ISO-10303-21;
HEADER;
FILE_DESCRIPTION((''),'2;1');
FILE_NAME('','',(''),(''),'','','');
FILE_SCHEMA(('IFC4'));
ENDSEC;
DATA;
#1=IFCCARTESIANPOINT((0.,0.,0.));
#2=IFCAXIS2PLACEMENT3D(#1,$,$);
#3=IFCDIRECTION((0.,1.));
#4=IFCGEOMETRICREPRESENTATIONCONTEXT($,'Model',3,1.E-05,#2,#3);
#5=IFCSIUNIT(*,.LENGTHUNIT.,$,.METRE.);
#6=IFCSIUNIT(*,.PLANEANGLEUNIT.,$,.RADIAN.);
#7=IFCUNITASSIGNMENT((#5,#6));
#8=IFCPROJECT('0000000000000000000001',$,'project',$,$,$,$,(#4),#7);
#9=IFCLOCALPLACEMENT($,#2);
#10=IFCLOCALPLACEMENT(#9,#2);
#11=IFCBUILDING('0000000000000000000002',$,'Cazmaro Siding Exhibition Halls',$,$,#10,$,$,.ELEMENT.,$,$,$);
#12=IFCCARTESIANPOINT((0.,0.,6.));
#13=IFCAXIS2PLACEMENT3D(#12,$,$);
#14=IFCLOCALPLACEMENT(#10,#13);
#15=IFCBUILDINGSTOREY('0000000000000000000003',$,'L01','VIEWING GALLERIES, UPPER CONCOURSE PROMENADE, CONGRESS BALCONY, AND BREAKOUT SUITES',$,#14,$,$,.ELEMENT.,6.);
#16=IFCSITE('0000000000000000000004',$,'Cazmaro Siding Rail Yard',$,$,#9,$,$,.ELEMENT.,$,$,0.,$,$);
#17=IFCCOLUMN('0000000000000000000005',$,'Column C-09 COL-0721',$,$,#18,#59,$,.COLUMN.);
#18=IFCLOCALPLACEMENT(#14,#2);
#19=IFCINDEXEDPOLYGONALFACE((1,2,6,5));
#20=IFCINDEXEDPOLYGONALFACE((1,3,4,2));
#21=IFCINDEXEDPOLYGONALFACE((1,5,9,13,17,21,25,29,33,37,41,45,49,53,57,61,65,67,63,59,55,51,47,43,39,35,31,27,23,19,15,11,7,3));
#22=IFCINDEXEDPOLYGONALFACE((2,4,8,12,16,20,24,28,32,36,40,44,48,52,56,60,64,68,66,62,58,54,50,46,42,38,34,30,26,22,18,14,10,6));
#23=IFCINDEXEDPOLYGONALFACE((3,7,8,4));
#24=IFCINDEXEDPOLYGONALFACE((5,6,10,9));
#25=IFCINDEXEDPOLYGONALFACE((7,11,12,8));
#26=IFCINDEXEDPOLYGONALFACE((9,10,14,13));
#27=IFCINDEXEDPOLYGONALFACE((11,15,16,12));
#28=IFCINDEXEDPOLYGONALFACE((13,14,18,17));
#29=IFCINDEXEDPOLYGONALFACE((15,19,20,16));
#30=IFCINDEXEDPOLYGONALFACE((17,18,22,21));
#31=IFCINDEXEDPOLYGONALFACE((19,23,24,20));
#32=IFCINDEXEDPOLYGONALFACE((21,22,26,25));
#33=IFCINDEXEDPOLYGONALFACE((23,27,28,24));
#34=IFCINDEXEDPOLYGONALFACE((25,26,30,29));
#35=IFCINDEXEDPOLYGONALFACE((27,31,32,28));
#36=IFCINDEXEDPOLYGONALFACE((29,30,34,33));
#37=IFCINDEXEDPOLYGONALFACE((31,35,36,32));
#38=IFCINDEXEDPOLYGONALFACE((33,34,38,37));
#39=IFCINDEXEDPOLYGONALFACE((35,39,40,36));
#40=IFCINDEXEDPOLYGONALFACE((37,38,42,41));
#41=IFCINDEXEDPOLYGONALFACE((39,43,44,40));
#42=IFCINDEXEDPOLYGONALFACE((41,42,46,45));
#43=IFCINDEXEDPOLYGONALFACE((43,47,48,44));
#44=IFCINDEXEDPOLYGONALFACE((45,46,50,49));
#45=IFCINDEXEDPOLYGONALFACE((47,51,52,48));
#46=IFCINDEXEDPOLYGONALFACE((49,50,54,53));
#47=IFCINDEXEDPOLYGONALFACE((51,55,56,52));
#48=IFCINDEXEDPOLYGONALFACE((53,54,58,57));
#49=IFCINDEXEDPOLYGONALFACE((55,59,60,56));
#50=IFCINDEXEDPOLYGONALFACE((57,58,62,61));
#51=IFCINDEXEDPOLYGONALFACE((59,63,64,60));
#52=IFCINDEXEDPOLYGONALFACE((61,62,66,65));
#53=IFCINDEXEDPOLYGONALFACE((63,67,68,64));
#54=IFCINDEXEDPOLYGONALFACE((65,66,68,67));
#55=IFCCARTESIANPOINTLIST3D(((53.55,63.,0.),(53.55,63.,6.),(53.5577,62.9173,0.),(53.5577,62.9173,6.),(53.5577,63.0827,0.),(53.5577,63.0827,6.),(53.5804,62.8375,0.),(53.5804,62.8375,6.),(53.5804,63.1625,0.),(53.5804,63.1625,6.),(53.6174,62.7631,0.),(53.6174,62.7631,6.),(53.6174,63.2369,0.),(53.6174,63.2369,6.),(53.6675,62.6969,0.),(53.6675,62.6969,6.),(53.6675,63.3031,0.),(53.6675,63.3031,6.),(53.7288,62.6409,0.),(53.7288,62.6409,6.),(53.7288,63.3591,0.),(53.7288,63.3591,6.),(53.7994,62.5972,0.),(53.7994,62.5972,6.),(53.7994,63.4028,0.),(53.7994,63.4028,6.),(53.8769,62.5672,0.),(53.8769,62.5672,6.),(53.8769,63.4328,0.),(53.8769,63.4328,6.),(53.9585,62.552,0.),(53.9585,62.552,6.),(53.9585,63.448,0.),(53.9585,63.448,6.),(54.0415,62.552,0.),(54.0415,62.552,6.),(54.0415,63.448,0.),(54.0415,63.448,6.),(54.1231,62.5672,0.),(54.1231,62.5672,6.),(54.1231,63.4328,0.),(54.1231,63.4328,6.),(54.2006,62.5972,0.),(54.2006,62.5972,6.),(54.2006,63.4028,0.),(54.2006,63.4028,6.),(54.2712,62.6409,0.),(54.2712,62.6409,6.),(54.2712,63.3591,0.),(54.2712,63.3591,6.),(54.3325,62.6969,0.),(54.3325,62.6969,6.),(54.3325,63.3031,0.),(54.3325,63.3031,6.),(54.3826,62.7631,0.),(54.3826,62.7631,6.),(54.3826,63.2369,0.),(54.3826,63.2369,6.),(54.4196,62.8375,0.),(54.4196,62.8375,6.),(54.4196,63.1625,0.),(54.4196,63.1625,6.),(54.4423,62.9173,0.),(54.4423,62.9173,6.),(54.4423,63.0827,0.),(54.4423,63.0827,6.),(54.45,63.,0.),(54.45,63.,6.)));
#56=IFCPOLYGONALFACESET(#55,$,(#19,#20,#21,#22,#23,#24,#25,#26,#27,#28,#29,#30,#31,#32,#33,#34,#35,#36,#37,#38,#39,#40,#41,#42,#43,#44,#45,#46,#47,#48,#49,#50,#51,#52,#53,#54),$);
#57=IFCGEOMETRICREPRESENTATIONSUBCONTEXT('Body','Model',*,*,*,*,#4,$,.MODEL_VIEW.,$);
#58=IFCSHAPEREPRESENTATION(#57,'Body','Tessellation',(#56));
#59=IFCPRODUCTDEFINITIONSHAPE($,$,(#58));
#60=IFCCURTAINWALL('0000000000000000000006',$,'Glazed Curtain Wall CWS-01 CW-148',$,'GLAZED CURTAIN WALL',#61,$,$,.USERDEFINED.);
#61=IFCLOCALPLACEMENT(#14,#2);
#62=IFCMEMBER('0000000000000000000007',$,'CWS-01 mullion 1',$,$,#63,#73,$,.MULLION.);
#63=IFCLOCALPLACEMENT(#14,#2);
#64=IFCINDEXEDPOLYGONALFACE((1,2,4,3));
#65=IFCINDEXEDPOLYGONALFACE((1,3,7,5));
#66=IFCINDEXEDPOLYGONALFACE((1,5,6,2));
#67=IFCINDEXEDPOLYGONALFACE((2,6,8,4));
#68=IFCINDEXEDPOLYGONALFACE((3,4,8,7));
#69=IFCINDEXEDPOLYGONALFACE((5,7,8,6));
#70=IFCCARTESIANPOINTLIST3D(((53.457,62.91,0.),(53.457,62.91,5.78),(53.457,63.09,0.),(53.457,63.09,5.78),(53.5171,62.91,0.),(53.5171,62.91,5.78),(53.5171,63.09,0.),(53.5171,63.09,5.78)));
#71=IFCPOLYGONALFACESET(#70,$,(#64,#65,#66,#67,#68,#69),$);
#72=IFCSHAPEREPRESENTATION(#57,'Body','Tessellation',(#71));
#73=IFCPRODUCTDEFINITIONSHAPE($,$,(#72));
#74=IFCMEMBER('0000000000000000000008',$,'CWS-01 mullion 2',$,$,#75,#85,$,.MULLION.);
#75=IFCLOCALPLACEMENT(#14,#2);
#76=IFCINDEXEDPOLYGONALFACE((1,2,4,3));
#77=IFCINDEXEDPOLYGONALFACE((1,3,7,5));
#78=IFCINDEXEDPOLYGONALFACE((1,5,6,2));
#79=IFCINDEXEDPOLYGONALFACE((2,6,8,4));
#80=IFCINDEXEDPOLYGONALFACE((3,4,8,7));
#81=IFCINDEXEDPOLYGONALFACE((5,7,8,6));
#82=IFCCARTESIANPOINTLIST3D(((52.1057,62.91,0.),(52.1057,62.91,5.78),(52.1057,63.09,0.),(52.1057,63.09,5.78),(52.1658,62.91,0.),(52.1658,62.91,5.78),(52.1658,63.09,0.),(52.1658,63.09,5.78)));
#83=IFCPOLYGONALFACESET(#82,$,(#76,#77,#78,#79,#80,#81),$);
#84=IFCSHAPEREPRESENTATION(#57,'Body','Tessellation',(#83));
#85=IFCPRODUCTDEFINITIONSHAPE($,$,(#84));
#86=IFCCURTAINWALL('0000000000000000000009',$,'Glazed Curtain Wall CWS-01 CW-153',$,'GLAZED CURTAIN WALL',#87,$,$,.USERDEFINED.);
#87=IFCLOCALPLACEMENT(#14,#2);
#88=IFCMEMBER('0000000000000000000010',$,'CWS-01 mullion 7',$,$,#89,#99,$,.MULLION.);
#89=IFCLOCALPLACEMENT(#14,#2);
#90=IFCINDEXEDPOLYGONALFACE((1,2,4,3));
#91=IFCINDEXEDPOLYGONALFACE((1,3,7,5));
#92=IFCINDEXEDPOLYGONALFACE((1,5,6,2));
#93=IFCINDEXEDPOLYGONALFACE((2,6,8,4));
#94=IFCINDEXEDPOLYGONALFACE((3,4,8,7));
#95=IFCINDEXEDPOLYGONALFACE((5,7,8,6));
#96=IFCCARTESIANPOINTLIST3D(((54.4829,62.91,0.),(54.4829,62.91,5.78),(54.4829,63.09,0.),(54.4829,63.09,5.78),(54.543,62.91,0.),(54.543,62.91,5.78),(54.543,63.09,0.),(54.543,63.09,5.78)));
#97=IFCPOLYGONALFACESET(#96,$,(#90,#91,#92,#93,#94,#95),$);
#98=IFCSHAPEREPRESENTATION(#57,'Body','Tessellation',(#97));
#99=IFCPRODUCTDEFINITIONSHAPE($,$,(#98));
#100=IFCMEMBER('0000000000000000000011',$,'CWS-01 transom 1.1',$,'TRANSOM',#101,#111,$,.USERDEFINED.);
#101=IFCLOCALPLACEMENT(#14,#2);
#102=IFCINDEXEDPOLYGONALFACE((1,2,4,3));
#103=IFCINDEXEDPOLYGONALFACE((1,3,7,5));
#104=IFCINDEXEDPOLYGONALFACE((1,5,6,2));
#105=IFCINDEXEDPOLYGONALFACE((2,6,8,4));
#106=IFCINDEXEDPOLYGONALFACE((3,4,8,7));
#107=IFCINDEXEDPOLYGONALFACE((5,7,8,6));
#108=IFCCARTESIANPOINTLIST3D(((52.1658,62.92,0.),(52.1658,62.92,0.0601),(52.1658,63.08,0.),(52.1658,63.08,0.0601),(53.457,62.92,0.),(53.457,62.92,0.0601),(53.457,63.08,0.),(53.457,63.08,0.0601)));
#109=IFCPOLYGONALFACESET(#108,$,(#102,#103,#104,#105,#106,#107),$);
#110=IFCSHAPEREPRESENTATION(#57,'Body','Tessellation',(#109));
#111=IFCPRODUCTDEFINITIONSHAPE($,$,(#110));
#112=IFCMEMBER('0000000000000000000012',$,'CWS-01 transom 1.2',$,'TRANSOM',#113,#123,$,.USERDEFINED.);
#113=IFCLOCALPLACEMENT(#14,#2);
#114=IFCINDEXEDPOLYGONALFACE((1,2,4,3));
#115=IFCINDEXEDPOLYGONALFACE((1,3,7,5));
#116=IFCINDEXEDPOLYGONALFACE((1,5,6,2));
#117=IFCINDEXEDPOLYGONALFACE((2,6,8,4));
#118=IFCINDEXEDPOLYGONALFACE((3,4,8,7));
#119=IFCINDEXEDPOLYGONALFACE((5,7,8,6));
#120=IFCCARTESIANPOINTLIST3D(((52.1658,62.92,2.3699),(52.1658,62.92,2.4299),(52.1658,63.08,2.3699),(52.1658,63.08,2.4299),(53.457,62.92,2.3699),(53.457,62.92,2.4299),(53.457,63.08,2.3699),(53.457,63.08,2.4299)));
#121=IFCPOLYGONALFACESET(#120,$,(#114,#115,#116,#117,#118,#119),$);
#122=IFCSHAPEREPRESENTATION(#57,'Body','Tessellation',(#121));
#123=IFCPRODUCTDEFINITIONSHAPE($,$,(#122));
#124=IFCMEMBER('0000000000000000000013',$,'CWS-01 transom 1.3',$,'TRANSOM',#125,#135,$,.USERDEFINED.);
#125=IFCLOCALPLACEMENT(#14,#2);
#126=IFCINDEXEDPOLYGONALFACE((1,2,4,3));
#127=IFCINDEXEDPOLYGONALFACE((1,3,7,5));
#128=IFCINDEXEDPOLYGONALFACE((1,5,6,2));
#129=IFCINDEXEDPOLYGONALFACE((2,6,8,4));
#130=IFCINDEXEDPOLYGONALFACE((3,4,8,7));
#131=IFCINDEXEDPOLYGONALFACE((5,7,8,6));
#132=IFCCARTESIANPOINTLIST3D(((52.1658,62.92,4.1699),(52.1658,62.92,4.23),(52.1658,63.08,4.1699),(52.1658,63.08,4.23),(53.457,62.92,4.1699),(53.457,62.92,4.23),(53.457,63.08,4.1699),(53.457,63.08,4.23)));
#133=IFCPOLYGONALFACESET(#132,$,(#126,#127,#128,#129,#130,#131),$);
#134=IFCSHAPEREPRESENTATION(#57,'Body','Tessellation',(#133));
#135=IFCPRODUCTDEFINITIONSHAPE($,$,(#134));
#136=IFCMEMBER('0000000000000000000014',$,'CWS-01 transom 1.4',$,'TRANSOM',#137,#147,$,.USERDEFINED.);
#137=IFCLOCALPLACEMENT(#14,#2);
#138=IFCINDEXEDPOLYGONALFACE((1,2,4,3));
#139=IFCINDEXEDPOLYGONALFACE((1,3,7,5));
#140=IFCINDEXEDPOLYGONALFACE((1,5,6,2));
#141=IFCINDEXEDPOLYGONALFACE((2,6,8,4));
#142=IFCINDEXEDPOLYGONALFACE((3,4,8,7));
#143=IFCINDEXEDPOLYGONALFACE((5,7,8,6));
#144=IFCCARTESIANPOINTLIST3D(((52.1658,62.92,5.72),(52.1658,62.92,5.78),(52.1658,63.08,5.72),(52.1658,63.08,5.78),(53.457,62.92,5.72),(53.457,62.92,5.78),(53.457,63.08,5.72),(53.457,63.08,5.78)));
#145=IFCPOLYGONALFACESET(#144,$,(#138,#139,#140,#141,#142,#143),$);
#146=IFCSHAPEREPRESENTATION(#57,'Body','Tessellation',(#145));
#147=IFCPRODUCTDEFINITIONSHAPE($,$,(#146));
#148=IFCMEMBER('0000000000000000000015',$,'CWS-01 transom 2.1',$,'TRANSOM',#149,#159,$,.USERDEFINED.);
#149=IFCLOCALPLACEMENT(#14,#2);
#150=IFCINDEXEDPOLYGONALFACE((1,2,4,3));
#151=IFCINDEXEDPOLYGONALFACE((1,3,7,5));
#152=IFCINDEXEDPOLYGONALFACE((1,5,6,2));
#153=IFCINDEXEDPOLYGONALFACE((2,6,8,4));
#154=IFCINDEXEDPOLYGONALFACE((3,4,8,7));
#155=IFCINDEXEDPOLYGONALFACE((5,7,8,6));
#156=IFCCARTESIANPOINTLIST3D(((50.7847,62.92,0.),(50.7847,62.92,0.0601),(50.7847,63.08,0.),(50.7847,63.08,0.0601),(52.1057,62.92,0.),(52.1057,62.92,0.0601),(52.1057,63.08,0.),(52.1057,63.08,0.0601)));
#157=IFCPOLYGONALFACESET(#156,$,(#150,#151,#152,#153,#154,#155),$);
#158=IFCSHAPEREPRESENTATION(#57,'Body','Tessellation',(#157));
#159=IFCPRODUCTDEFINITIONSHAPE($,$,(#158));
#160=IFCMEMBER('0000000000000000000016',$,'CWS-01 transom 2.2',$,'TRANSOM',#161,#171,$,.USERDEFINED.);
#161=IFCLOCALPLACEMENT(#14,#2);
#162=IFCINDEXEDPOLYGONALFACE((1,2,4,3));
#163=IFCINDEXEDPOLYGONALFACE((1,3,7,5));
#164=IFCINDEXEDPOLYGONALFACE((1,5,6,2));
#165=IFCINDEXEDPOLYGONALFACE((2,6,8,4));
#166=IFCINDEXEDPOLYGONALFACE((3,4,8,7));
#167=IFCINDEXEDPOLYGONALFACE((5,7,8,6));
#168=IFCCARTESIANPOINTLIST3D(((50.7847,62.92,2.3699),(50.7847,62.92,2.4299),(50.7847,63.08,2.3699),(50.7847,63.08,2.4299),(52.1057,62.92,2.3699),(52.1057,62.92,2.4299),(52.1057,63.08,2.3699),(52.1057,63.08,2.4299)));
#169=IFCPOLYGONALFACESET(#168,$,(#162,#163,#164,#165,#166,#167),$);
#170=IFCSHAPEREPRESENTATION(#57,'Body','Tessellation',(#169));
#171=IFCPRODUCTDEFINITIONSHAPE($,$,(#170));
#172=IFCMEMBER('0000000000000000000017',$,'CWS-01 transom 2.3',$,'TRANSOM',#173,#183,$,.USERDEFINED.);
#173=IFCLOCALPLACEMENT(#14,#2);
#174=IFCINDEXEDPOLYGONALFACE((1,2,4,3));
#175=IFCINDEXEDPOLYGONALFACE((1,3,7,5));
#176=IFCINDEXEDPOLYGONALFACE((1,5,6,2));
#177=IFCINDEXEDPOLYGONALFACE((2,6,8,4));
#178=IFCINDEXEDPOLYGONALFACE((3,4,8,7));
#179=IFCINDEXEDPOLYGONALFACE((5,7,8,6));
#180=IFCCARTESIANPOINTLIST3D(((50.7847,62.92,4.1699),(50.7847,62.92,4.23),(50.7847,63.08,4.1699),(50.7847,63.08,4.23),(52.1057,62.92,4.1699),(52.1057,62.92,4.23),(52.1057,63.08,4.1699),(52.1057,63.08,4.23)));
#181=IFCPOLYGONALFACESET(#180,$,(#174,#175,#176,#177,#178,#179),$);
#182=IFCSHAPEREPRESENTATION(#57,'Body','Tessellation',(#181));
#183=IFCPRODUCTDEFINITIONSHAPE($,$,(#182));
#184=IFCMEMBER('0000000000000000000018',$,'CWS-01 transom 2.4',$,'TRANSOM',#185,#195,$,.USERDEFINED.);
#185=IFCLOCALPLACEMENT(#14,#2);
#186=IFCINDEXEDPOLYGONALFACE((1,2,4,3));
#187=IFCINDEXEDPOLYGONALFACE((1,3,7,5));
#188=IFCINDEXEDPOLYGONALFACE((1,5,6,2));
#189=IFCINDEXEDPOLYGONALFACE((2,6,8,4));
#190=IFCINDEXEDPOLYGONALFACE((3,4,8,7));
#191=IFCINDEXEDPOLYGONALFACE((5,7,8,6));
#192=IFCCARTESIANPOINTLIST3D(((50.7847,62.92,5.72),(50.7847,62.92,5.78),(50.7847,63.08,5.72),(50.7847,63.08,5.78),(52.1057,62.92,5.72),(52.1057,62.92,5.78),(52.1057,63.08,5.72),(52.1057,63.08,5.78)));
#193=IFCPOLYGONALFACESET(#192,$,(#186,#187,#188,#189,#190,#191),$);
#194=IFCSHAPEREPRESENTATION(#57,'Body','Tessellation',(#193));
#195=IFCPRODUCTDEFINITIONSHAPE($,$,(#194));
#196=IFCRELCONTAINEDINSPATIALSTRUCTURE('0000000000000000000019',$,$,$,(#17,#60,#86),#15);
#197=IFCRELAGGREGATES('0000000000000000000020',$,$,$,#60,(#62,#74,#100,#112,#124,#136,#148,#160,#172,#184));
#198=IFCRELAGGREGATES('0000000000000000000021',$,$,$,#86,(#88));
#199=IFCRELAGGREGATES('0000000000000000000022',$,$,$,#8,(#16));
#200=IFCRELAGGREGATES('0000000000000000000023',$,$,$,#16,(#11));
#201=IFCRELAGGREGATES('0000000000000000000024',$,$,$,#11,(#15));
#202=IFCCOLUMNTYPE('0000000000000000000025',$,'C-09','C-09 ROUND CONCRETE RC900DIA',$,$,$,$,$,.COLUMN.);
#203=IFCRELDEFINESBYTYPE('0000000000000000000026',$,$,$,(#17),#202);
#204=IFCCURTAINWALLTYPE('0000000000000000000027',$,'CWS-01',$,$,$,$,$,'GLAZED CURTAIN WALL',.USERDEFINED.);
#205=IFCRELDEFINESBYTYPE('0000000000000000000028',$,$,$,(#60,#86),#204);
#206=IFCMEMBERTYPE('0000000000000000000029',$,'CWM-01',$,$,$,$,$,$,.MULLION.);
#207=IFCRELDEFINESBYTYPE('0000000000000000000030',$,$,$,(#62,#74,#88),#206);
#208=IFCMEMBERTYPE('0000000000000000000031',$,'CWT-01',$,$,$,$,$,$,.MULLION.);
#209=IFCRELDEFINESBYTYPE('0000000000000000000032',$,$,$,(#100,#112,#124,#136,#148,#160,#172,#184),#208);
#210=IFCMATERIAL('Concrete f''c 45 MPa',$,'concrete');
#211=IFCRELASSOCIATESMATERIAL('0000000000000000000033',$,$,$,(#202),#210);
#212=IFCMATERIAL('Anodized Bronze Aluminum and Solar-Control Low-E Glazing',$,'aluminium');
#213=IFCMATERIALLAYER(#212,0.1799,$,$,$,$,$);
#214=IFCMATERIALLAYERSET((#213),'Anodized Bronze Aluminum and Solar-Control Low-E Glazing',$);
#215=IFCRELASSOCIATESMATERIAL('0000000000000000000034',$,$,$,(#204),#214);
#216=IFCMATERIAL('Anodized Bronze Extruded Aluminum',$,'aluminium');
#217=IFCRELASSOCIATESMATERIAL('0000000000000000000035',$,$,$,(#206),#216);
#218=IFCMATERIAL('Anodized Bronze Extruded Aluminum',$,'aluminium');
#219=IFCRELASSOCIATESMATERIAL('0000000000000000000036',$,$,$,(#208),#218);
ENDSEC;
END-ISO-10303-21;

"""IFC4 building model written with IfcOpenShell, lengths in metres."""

from ifc_helpers import new_model, si_unit, direction, frame, origin, origin_2d, place, context, subcontext, project, spatial, rectangle, circle, extrude, material, layer, layer_set, material_profile, profile_set, type_object, element, aggregate, save


model = new_model("IFC4")

# Units and contexts
model_context = context("Model", 3, precision=1e-05, world=origin(), true_north=direction((0.0, 1.0)))
body_context = subcontext(model_context, "Body", "Model", "MODEL_VIEW")
ifc_project = project(units=[si_unit("LENGTHUNIT", "METRE"), si_unit("PLANEANGLEUNIT", "RADIAN")], contexts=[model_context])

# Site, building, storey
site_placement = place(None, origin())
site = spatial("IfcSite", under=ifc_project, at=site_placement, Name="Cazmaro Siding Rail Yard", CompositionType="ELEMENT", RefElevation=0.0)
building_placement = place(site_placement, origin())
building = spatial("IfcBuilding", under=site, at=building_placement, Name="Cazmaro Siding Exhibition Halls", CompositionType="ELEMENT")
storey_placement = place(building_placement, frame((0.0, 0.0, 6.0)))
storey = spatial("IfcBuildingStorey", under=building, at=storey_placement, Name="L01", Description="VIEWING GALLERIES, UPPER CONCOURSE PROMENADE, CONGRESS BALCONY, AND BREAKOUT SUITES", CompositionType="ELEMENT", Elevation=6.0)

# Column
ifc_material_1 = material(Name="Concrete f'c 45 MPa", Category="concrete")
ifc_material_profile_1 = material_profile(ifc_material_1, circle(Radius=0.45, at=origin_2d()), Name="RC900DIA")
ifc_profile_set_1 = profile_set([ifc_material_profile_1], Name="Concrete f'c 45 MPa")
column_type = type_object("IfcColumnType", Name="C-09", Description="C-09 ROUND CONCRETE RC900DIA", PredefinedType="COLUMN", material=ifc_profile_set_1)
column_placement = place(storey_placement, frame((54.0, 63.0, 0.0), z_axis=(0.0, 0.0, 1.0), x_axis=(1.0, 0.0, 0.0)))
element("IfcColumn", 1, at=column_placement, inside=storey, type_object=column_type, Name="Column C-09 COL-0721", PredefinedType="COLUMN", context=body_context, shape_type="SweptSolid", body=[
    extrude(circle(Radius=0.45, at=origin_2d()), origin(), (0.0, 0.0, 1.0), 6.0),
])

# Curtain wall, members
ifc_material_2 = material(Name="Anodized Bronze Aluminum and Solar-Control Low-E Glazing", Category="aluminium")
ifc_layer_1 = layer(ifc_material_2, 0.1799)
ifc_layer_set_1 = layer_set([ifc_layer_1], Name="Anodized Bronze Aluminum and Solar-Control Low-E Glazing")
curtain_wall_type = type_object("IfcCurtainWallType", Name="CWS-01", ElementType="GLAZED CURTAIN WALL", PredefinedType="USERDEFINED", material=ifc_layer_set_1)
curtain_wall_1_placement = place(storey_placement, origin())
curtain_wall_1 = element("IfcCurtainWall", 2, at=curtain_wall_1_placement, inside=storey, type_object=curtain_wall_type, Name="Glazed Curtain Wall CWS-01 CW-148", ObjectType="GLAZED CURTAIN WALL", PredefinedType="USERDEFINED")
ifc_material_3 = material(Name="Anodized Bronze Extruded Aluminum", Category="aluminium")
ifc_material_profile_2 = material_profile(ifc_material_3, rectangle(XDim=0.1799, YDim=0.0601, at=origin_2d()), Name="CWM-01")
ifc_profile_set_2 = profile_set([ifc_material_profile_2], Name="Anodized Bronze Extruded Aluminum")
member_type_1 = type_object("IfcMemberType", Name="CWM-01", PredefinedType="MULLION", material=ifc_profile_set_2)
member_1_placement = place(storey_placement, frame((53.4871, 63.0, 0.0), z_axis=(0.0, 0.0, 1.0), x_axis=(0.0, -1.0, 0.0)))
member_1 = element("IfcMember", 3, at=member_1_placement, type_object=member_type_1, Name="CWS-01 mullion 1", PredefinedType="MULLION", context=body_context, shape_type="SweptSolid", body=[
    extrude(rectangle(XDim=0.1799, YDim=0.0601, at=origin_2d()), origin(), (0.0, 0.0, 1.0), 5.78),
])
member_2_placement = place(storey_placement, frame((52.1357, 63.0, 0.0), z_axis=(0.0, 0.0, 1.0), x_axis=(0.0, -1.0, 0.0)))
member_2 = element("IfcMember", 4, at=member_2_placement, type_object=member_type_1, Name="CWS-01 mullion 2", PredefinedType="MULLION", context=body_context, shape_type="SweptSolid", body=[
    extrude(rectangle(XDim=0.1799, YDim=0.0601, at=origin_2d()), origin(), (0.0, 0.0, 1.0), 5.78),
])

# Curtain wall, member
curtain_wall_2_placement = place(storey_placement, origin())
curtain_wall_2 = element("IfcCurtainWall", 5, at=curtain_wall_2_placement, inside=storey, type_object=curtain_wall_type, Name="Glazed Curtain Wall CWS-01 CW-153", ObjectType="GLAZED CURTAIN WALL", PredefinedType="USERDEFINED")
member_3_placement = place(storey_placement, frame((54.5129, 63.0, 0.0), z_axis=(0.0, 0.0, 1.0), x_axis=(0.0, -1.0, 0.0)))
member_3 = element("IfcMember", 6, at=member_3_placement, type_object=member_type_1, Name="CWS-01 mullion 7", PredefinedType="MULLION", context=body_context, shape_type="SweptSolid", body=[
    extrude(rectangle(XDim=0.1799, YDim=0.0601, at=origin_2d()), origin(), (0.0, 0.0, 1.0), 5.78),
])

# Members
ifc_material_4 = material(Name="Anodized Bronze Extruded Aluminum", Category="aluminium")
ifc_material_profile_3 = material_profile(ifc_material_4, rectangle(XDim=0.1599, YDim=0.0601, at=origin_2d()), Name="CWT-01")
ifc_profile_set_3 = profile_set([ifc_material_profile_3], Name="Anodized Bronze Extruded Aluminum")
member_type_2 = type_object("IfcMemberType", Name="CWT-01", PredefinedType="MULLION", material=ifc_profile_set_3)
member_4_placement = place(storey_placement, frame((53.457, 63.0, 0.03), z_axis=(-1.0, 0.0, 0.0), x_axis=(0.0, -1.0, 0.0)))
member_4 = element("IfcMember", 7, at=member_4_placement, type_object=member_type_2, Name="CWS-01 transom 1.1", ObjectType="TRANSOM", PredefinedType="USERDEFINED", context=body_context, shape_type="SweptSolid", body=[
    extrude(rectangle(XDim=0.1599, YDim=0.0601, at=origin_2d()), origin(), (0.0, 0.0, 1.0), 1.2913),
])
member_5_placement = place(storey_placement, frame((53.457, 63.0, 2.3999), z_axis=(-1.0, 0.0, 0.0), x_axis=(0.0, -1.0, 0.0)))
member_5 = element("IfcMember", 8, at=member_5_placement, type_object=member_type_2, Name="CWS-01 transom 1.2", ObjectType="TRANSOM", PredefinedType="USERDEFINED", context=body_context, shape_type="SweptSolid", body=[
    extrude(rectangle(XDim=0.1599, YDim=0.0601, at=origin_2d()), origin(), (0.0, 0.0, 1.0), 1.2913),
])
member_6_placement = place(storey_placement, frame((53.457, 63.0, 4.2), z_axis=(-1.0, 0.0, 0.0), x_axis=(0.0, -1.0, 0.0)))
member_6 = element("IfcMember", 9, at=member_6_placement, type_object=member_type_2, Name="CWS-01 transom 1.3", ObjectType="TRANSOM", PredefinedType="USERDEFINED", context=body_context, shape_type="SweptSolid", body=[
    extrude(rectangle(XDim=0.1599, YDim=0.0601, at=origin_2d()), origin(), (0.0, 0.0, 1.0), 1.2913),
])
member_7_placement = place(storey_placement, frame((53.457, 63.0, 5.75), z_axis=(-1.0, 0.0, 0.0), x_axis=(0.0, -1.0, 0.0)))
member_7 = element("IfcMember", 10, at=member_7_placement, type_object=member_type_2, Name="CWS-01 transom 1.4", ObjectType="TRANSOM", PredefinedType="USERDEFINED", context=body_context, shape_type="SweptSolid", body=[
    extrude(rectangle(XDim=0.1599, YDim=0.0601, at=origin_2d()), origin(), (0.0, 0.0, 1.0), 1.2913),
])
member_8_placement = place(storey_placement, frame((52.1057, 63.0, 0.03), z_axis=(-1.0, 0.0, 0.0), x_axis=(0.0, -1.0, 0.0)))
member_8 = element("IfcMember", 11, at=member_8_placement, type_object=member_type_2, Name="CWS-01 transom 2.1", ObjectType="TRANSOM", PredefinedType="USERDEFINED", context=body_context, shape_type="SweptSolid", body=[
    extrude(rectangle(XDim=0.1599, YDim=0.0601, at=origin_2d()), origin(), (0.0, 0.0, 1.0), 1.321),
])
member_9_placement = place(storey_placement, frame((52.1057, 63.0, 2.3999), z_axis=(-1.0, 0.0, 0.0), x_axis=(0.0, -1.0, 0.0)))
member_9 = element("IfcMember", 12, at=member_9_placement, type_object=member_type_2, Name="CWS-01 transom 2.2", ObjectType="TRANSOM", PredefinedType="USERDEFINED", context=body_context, shape_type="SweptSolid", body=[
    extrude(rectangle(XDim=0.1599, YDim=0.0601, at=origin_2d()), origin(), (0.0, 0.0, 1.0), 1.321),
])
member_10_placement = place(storey_placement, frame((52.1057, 63.0, 4.2), z_axis=(-1.0, 0.0, 0.0), x_axis=(0.0, -1.0, 0.0)))
member_10 = element("IfcMember", 13, at=member_10_placement, type_object=member_type_2, Name="CWS-01 transom 2.3", ObjectType="TRANSOM", PredefinedType="USERDEFINED", context=body_context, shape_type="SweptSolid", body=[
    extrude(rectangle(XDim=0.1599, YDim=0.0601, at=origin_2d()), origin(), (0.0, 0.0, 1.0), 1.321),
])
member_11_placement = place(storey_placement, frame((52.1057, 63.0, 5.75), z_axis=(-1.0, 0.0, 0.0), x_axis=(0.0, -1.0, 0.0)))
member_11 = element("IfcMember", 14, at=member_11_placement, type_object=member_type_2, Name="CWS-01 transom 2.4", ObjectType="TRANSOM", PredefinedType="USERDEFINED", context=body_context, shape_type="SweptSolid", body=[
    extrude(rectangle(XDim=0.1599, YDim=0.0601, at=origin_2d()), origin(), (0.0, 0.0, 1.0), 1.321),
])

aggregate(curtain_wall_1, [member_1, member_2, member_4, member_5, member_6, member_7, member_8, member_9, member_10, member_11])
aggregate(curtain_wall_2, [member_3])

save(model, "model.ifc")
